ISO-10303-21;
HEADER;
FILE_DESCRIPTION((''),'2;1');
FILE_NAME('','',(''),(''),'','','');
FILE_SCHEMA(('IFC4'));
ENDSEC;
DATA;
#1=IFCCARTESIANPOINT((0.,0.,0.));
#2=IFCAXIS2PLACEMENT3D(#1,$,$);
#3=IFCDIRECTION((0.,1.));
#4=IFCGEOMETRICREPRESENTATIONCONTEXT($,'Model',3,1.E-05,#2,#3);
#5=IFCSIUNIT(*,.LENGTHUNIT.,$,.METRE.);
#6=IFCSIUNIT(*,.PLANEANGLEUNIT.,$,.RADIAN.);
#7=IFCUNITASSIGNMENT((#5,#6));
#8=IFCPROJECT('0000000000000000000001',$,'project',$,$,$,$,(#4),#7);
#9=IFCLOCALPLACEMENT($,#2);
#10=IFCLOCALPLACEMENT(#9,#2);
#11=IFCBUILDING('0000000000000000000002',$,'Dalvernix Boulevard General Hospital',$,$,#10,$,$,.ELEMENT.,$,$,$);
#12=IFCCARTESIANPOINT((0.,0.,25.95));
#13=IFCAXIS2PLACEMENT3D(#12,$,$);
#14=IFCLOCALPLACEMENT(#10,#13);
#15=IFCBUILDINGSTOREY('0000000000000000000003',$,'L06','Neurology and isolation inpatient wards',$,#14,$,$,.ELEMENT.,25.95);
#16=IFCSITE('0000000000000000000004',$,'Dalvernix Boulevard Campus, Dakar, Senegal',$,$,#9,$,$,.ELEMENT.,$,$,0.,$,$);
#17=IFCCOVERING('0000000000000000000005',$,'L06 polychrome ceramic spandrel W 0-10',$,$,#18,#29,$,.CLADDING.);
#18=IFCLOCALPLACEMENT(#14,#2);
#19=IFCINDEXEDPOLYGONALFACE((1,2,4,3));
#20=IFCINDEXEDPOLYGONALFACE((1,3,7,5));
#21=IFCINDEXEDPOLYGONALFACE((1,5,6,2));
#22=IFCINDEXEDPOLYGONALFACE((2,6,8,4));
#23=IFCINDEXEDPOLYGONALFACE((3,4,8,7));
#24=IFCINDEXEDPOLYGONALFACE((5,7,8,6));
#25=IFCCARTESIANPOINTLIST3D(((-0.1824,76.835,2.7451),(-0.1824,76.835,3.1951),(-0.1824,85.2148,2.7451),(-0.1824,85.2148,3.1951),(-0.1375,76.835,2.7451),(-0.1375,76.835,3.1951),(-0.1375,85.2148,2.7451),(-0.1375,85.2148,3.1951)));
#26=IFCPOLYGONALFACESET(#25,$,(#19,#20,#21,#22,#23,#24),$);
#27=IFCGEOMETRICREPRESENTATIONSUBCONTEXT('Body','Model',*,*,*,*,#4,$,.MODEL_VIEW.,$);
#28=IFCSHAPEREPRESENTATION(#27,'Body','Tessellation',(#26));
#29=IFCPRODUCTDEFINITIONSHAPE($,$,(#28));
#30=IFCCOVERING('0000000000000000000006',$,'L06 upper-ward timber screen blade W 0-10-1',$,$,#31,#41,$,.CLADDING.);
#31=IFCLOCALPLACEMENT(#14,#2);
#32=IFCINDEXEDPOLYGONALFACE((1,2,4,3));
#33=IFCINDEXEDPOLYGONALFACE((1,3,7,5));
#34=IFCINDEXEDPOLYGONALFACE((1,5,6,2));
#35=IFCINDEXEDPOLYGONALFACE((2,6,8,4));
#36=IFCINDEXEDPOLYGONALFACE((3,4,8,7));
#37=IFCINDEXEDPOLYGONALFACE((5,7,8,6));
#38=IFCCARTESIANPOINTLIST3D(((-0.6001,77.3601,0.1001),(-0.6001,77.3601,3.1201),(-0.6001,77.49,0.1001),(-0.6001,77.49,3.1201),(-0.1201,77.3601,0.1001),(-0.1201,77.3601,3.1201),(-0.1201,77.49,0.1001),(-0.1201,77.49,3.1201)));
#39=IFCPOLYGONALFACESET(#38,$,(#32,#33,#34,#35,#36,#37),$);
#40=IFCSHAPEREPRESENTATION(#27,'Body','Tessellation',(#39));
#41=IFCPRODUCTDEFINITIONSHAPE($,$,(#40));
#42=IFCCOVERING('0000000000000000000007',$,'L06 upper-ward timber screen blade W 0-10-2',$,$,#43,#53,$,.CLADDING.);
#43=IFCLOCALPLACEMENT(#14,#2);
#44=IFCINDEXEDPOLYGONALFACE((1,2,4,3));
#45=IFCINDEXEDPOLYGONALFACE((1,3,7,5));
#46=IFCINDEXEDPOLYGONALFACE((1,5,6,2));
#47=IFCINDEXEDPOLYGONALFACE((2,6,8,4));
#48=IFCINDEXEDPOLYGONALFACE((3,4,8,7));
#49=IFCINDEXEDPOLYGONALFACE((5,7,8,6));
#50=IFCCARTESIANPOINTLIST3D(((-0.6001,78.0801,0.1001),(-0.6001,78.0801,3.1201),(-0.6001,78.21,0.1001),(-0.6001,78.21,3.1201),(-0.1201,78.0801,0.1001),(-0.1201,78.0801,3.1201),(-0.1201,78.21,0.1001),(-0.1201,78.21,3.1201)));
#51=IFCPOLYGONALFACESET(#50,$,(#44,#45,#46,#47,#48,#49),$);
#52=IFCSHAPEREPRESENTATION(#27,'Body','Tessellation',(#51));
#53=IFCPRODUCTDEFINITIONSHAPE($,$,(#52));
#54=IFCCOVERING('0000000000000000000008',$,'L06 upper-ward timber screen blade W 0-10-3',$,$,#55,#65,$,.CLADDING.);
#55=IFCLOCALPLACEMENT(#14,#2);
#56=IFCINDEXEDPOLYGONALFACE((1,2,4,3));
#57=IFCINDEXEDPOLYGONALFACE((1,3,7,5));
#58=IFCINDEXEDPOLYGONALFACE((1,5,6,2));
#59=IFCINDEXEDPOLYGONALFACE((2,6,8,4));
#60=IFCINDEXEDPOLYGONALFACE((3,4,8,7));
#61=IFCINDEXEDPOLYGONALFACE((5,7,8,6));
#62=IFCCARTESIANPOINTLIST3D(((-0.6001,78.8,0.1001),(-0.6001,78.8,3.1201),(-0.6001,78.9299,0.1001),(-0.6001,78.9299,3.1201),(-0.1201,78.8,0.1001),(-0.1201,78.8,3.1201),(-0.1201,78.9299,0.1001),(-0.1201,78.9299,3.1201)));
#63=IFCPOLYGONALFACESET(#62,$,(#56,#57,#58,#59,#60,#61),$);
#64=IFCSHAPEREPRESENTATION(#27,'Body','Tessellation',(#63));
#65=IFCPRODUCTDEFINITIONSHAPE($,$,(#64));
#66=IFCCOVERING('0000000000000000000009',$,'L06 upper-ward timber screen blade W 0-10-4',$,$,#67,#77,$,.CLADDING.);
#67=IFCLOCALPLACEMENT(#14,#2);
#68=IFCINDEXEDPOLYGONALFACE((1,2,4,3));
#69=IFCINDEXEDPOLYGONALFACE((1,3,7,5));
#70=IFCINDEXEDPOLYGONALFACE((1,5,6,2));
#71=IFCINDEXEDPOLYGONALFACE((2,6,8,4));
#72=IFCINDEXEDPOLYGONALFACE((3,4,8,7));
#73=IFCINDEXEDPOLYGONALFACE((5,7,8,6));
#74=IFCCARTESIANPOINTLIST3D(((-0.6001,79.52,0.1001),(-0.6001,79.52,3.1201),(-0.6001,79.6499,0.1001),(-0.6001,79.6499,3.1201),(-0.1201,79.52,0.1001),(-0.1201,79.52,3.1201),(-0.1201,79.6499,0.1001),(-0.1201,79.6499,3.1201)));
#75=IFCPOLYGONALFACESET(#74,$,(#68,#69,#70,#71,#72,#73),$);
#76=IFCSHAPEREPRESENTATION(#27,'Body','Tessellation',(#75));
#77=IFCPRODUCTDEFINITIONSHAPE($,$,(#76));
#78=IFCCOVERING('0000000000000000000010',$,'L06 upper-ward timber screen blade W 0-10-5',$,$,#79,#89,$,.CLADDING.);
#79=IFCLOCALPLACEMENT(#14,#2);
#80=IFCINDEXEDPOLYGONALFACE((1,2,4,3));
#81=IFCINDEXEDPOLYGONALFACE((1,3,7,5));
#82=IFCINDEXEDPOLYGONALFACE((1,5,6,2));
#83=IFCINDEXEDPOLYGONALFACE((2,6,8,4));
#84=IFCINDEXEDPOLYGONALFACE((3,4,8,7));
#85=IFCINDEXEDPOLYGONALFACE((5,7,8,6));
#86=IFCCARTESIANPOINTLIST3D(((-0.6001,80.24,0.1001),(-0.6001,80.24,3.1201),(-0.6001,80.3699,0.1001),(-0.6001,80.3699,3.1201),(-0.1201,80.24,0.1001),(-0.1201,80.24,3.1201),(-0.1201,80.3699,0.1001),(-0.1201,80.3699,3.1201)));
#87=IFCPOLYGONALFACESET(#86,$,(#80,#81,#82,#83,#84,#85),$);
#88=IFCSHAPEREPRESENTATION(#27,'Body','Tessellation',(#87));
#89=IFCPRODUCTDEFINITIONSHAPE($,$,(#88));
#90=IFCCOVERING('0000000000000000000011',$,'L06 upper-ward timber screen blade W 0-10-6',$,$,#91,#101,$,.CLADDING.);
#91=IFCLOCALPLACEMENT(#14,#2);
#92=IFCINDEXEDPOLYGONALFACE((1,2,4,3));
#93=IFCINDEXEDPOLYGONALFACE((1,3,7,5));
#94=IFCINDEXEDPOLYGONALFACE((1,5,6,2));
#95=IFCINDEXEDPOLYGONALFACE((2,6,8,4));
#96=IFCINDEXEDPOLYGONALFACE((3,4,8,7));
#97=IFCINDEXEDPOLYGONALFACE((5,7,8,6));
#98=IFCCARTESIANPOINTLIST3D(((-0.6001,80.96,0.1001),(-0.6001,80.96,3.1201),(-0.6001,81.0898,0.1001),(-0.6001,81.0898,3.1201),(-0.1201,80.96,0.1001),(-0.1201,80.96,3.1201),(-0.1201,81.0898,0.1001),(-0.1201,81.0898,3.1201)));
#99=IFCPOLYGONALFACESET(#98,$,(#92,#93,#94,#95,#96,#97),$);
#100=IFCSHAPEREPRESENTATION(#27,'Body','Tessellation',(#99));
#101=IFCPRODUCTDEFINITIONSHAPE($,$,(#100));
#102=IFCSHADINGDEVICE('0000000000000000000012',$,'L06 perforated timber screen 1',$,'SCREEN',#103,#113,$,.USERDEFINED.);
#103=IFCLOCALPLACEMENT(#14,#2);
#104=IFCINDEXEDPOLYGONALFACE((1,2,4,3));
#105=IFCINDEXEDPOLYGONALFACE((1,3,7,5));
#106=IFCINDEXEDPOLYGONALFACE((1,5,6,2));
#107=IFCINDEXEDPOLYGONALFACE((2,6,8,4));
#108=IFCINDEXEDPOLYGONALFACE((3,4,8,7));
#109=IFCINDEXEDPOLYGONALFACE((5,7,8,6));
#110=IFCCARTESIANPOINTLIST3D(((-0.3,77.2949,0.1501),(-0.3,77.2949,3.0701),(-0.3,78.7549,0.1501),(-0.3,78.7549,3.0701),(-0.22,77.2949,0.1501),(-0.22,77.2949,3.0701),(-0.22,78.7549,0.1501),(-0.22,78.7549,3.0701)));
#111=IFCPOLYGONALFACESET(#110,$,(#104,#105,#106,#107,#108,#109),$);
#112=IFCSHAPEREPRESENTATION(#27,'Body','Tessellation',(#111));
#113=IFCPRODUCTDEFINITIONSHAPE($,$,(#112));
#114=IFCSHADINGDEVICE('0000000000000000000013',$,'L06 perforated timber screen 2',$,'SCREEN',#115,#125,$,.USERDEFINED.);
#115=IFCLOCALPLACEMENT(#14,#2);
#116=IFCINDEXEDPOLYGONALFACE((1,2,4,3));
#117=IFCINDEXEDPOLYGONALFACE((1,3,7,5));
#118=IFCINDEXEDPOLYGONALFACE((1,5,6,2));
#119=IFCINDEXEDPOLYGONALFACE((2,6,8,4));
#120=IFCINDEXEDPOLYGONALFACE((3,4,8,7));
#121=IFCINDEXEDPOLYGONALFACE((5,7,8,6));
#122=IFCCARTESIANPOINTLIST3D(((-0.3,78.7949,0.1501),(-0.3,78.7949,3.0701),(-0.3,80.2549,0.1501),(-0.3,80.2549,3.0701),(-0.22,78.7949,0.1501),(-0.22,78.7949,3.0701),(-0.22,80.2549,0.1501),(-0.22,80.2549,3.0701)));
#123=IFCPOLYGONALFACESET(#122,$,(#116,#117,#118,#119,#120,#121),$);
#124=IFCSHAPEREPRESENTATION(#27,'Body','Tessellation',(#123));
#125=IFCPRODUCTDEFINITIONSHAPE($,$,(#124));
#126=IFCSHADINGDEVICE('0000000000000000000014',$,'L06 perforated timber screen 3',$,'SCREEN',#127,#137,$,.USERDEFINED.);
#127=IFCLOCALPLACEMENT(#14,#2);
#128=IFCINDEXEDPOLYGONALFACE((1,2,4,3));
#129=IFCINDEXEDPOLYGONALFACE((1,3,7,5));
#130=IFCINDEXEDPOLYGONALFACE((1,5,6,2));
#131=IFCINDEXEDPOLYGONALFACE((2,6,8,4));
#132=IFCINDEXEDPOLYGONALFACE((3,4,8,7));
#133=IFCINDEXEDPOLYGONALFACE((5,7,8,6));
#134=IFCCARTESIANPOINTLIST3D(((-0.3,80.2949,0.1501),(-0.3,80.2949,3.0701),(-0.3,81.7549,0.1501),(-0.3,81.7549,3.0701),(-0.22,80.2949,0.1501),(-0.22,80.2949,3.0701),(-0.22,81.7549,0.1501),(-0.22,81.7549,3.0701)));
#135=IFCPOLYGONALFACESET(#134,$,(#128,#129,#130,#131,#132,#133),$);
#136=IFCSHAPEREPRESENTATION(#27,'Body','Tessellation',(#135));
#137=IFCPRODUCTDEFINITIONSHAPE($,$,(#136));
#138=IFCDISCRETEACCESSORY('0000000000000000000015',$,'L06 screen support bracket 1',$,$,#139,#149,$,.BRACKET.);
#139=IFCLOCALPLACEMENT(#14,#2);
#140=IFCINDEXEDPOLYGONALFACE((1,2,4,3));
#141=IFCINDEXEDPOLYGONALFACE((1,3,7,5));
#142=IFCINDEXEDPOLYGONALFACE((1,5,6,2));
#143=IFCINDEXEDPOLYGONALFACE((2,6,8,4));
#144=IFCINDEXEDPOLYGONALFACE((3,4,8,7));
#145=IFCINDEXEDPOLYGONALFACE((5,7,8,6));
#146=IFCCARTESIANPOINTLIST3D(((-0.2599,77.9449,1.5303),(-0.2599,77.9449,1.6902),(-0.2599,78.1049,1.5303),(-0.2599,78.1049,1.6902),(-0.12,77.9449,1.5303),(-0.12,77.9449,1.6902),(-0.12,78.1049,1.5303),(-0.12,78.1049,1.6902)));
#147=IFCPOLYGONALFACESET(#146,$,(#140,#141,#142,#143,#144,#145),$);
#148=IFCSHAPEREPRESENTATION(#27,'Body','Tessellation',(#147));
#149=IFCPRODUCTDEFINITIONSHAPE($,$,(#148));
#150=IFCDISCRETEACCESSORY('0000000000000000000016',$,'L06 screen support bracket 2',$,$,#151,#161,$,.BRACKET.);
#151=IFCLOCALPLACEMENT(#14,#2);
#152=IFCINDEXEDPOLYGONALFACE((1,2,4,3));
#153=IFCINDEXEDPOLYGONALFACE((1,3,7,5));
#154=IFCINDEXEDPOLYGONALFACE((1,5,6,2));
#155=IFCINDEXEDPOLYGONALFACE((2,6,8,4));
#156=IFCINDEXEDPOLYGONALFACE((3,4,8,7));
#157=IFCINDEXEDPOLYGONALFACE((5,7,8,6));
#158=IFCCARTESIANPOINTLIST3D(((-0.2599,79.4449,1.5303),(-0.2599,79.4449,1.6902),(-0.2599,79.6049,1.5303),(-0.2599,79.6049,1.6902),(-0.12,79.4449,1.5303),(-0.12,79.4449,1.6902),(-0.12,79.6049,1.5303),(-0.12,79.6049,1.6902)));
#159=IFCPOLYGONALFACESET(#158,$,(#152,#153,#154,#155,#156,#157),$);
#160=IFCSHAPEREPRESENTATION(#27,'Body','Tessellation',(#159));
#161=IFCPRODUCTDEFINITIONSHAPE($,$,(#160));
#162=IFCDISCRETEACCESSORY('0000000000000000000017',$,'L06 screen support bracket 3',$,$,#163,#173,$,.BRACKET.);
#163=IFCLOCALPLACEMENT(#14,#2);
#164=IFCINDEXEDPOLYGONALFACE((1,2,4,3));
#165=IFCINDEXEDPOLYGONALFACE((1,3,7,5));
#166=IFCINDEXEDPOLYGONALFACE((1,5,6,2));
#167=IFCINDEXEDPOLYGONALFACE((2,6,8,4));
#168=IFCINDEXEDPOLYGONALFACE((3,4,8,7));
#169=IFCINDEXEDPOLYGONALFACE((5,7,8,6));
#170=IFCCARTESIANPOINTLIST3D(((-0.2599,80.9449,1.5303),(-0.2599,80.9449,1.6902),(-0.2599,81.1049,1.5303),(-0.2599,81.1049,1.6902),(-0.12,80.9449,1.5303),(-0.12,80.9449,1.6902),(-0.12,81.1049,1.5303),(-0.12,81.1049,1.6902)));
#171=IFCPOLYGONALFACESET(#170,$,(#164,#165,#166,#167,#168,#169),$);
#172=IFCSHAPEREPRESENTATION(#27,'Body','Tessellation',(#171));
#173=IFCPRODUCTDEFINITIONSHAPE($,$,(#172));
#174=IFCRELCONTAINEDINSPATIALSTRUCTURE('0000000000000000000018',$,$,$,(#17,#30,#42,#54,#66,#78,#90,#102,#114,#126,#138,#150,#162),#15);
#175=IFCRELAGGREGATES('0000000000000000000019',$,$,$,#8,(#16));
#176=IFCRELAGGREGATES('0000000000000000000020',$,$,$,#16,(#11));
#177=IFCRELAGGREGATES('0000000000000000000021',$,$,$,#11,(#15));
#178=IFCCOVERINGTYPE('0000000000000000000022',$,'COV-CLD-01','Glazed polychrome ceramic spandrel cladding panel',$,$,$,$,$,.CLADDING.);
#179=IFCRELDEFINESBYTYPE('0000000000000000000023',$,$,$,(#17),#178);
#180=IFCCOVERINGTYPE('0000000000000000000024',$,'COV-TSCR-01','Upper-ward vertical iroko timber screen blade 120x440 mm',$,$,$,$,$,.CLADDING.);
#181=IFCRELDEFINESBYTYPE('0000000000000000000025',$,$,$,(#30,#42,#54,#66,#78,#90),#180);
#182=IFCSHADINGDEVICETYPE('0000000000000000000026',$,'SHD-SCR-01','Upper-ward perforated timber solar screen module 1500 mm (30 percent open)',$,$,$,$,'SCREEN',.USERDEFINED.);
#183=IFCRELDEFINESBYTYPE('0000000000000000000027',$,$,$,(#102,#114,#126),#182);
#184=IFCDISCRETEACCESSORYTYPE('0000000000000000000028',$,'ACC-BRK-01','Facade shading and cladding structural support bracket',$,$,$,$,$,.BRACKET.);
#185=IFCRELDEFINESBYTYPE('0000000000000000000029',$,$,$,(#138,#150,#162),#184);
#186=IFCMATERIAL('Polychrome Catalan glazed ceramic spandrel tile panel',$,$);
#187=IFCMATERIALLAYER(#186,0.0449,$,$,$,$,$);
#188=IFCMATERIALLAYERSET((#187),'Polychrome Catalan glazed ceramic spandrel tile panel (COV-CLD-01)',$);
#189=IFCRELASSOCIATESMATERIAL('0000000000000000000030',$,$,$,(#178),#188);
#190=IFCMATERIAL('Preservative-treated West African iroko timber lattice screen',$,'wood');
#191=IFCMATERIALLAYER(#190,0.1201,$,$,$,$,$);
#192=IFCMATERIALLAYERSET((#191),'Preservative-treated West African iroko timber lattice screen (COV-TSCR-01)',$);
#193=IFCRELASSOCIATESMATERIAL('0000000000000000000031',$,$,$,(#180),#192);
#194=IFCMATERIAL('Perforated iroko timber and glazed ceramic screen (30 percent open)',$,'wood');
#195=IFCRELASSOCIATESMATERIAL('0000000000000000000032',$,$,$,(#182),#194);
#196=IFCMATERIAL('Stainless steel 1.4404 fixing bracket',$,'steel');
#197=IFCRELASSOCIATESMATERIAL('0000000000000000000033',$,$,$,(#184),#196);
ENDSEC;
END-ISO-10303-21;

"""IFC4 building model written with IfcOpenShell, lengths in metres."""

from ifc_helpers import new_model, si_unit, direction, frame, origin, origin_2d, place, context, subcontext, project, spatial, rectangle, extrude, material, layer, layer_set, type_object, element, save


model = new_model("IFC4")

# Units and contexts
model_context = context("Model", 3, precision=1e-05, world=origin(), true_north=direction((0.0, 1.0)))
body_context = subcontext(model_context, "Body", "Model", "MODEL_VIEW")
ifc_project = project(units=[si_unit("LENGTHUNIT", "METRE"), si_unit("PLANEANGLEUNIT", "RADIAN")], contexts=[model_context])

# Site, building, storey
site_placement = place(None, origin())
site = spatial("IfcSite", under=ifc_project, at=site_placement, Name="Dalvernix Boulevard Campus, Dakar, Senegal", CompositionType="ELEMENT", RefElevation=0.0)
building_placement = place(site_placement, origin())
building = spatial("IfcBuilding", under=site, at=building_placement, Name="Dalvernix Boulevard General Hospital", CompositionType="ELEMENT")
storey_placement = place(building_placement, frame((0.0, 0.0, 25.95)))
storey = spatial("IfcBuildingStorey", under=building, at=storey_placement, Name="L06", Description="Neurology and isolation inpatient wards", CompositionType="ELEMENT", Elevation=25.95)

# Coverings
ifc_material_1 = material(Name="Polychrome Catalan glazed ceramic spandrel tile panel")
ifc_layer_1 = layer(ifc_material_1, 0.0449)
ifc_layer_set_1 = layer_set([ifc_layer_1], Name="Polychrome Catalan glazed ceramic spandrel tile panel (COV-CLD-01)")
covering_type_1 = type_object("IfcCoveringType", Name="COV-CLD-01", Description="Glazed polychrome ceramic spandrel cladding panel", PredefinedType="CLADDING", material=ifc_layer_set_1)
covering_placement = place(storey_placement, frame((-0.1599, 81.0249, 2.7451), z_axis=(0.0, 0.0, 1.0), x_axis=(0.0, 1.0, 0.0)))
element("IfcCovering", 1, at=covering_placement, inside=storey, type_object=covering_type_1, Name="L06 polychrome ceramic spandrel W 0-10", PredefinedType="CLADDING", context=body_context, shape_type="SweptSolid", body=[
    extrude(rectangle(XDim=8.3799, YDim=0.0449, at=origin_2d()), origin(), (0.0, 0.0, 1.0), 0.45),
])
ifc_material_2 = material(Name="Preservative-treated West African iroko timber lattice screen", Category="wood")
ifc_layer_2 = layer(ifc_material_2, 0.1201)
ifc_layer_set_2 = layer_set([ifc_layer_2], Name="Preservative-treated West African iroko timber lattice screen (COV-TSCR-01)")
covering_type_2 = type_object("IfcCoveringType", Name="COV-TSCR-01", Description="Upper-ward vertical iroko timber screen blade 120x440 mm", PredefinedType="CLADDING", material=ifc_layer_set_2)
for number, where, z_axis, x_axis, name in (
    (2, (-0.3601, 77.425, 0.1001), (0.0, 0.0, 1.0), (0.0, 1.0, 0.0), "L06 upper-ward timber screen blade W 0-10-1"),
    (3, (-0.3601, 78.145, 0.1001), (0.0, 0.0, 1.0), (0.0, 1.0, 0.0), "L06 upper-ward timber screen blade W 0-10-2"),
    (4, (-0.3601, 78.865, 0.1001), (0.0, 0.0, 1.0), (0.0, 1.0, 0.0), "L06 upper-ward timber screen blade W 0-10-3"),
    (5, (-0.3601, 79.585, 0.1001), (0.0, 0.0, 1.0), (0.0, 1.0, 0.0), "L06 upper-ward timber screen blade W 0-10-4"),
    (6, (-0.3601, 80.3049, 0.1001), (0.0, 0.0, 1.0), (0.0, 1.0, 0.0), "L06 upper-ward timber screen blade W 0-10-5"),
    (7, (-0.3601, 81.0249, 0.1001), (0.0, 0.0, 1.0), (0.0, 1.0, 0.0), "L06 upper-ward timber screen blade W 0-10-6"),
):
    element("IfcCovering", number, at=place(storey_placement, frame(where, z_axis=z_axis, x_axis=x_axis)), inside=storey, type_object=covering_type_2, Name=name, PredefinedType="CLADDING", context=body_context, shape_type="SweptSolid", body=[
        extrude(rectangle(XDim=0.1299, YDim=0.48, at=origin_2d()), origin(), (0.0, 0.0, 1.0), 3.02),
    ])

# Shading devices
ifc_material_3 = material(Name="Perforated iroko timber and glazed ceramic screen (30 percent open)", Category="wood")
shading_device_type = type_object("IfcShadingDeviceType", Name="SHD-SCR-01", Description="Upper-ward perforated timber solar screen module 1500 mm (30 percent open)", ElementType="SCREEN", PredefinedType="USERDEFINED", material=ifc_material_3)
for number, where, z_axis, x_axis, name in (
    (8, (-0.26, 78.0249, 0.1501), (0.0, 0.0, 1.0), (0.0, 1.0, 0.0), "L06 perforated timber screen 1"),
    (9, (-0.26, 79.5249, 0.1501), (0.0, 0.0, 1.0), (0.0, 1.0, 0.0), "L06 perforated timber screen 2"),
    (10, (-0.26, 81.0249, 0.1501), (0.0, 0.0, 1.0), (0.0, 1.0, 0.0), "L06 perforated timber screen 3"),
):
    element("IfcShadingDevice", number, at=place(storey_placement, frame(where, z_axis=z_axis, x_axis=x_axis)), inside=storey, type_object=shading_device_type, Name=name, ObjectType="SCREEN", PredefinedType="USERDEFINED", context=body_context, shape_type="SweptSolid", body=[
        extrude(rectangle(XDim=1.46, YDim=0.0801, at=origin_2d()), origin(), (0.0, 0.0, 1.0), 2.9199),
    ])

# Discrete accessories
ifc_material_4 = material(Name="Stainless steel 1.4404 fixing bracket", Category="steel")
discrete_accessory_type = type_object("IfcDiscreteAccessoryType", Name="ACC-BRK-01", Description="Facade shading and cladding structural support bracket", PredefinedType="BRACKET", material=ifc_material_4)
for number, where, z_axis, x_axis, name in (
    (11, (-0.1899, 78.0249, 1.5303), (0.0, 0.0, 1.0), (0.0, 1.0, 0.0), "L06 screen support bracket 1"),
    (12, (-0.1899, 79.5249, 1.5303), (0.0, 0.0, 1.0), (0.0, 1.0, 0.0), "L06 screen support bracket 2"),
    (13, (-0.1899, 81.0249, 1.5303), (0.0, 0.0, 1.0), (0.0, 1.0, 0.0), "L06 screen support bracket 3"),
):
    element("IfcDiscreteAccessory", number, at=place(storey_placement, frame(where, z_axis=z_axis, x_axis=x_axis)), inside=storey, type_object=discrete_accessory_type, Name=name, PredefinedType="BRACKET", context=body_context, shape_type="SweptSolid", body=[
        extrude(rectangle(XDim=0.1599, YDim=0.1399, at=origin_2d()), origin(), (0.0, 0.0, 1.0), 0.1599),
    ])

save(model, "model.ifc")
